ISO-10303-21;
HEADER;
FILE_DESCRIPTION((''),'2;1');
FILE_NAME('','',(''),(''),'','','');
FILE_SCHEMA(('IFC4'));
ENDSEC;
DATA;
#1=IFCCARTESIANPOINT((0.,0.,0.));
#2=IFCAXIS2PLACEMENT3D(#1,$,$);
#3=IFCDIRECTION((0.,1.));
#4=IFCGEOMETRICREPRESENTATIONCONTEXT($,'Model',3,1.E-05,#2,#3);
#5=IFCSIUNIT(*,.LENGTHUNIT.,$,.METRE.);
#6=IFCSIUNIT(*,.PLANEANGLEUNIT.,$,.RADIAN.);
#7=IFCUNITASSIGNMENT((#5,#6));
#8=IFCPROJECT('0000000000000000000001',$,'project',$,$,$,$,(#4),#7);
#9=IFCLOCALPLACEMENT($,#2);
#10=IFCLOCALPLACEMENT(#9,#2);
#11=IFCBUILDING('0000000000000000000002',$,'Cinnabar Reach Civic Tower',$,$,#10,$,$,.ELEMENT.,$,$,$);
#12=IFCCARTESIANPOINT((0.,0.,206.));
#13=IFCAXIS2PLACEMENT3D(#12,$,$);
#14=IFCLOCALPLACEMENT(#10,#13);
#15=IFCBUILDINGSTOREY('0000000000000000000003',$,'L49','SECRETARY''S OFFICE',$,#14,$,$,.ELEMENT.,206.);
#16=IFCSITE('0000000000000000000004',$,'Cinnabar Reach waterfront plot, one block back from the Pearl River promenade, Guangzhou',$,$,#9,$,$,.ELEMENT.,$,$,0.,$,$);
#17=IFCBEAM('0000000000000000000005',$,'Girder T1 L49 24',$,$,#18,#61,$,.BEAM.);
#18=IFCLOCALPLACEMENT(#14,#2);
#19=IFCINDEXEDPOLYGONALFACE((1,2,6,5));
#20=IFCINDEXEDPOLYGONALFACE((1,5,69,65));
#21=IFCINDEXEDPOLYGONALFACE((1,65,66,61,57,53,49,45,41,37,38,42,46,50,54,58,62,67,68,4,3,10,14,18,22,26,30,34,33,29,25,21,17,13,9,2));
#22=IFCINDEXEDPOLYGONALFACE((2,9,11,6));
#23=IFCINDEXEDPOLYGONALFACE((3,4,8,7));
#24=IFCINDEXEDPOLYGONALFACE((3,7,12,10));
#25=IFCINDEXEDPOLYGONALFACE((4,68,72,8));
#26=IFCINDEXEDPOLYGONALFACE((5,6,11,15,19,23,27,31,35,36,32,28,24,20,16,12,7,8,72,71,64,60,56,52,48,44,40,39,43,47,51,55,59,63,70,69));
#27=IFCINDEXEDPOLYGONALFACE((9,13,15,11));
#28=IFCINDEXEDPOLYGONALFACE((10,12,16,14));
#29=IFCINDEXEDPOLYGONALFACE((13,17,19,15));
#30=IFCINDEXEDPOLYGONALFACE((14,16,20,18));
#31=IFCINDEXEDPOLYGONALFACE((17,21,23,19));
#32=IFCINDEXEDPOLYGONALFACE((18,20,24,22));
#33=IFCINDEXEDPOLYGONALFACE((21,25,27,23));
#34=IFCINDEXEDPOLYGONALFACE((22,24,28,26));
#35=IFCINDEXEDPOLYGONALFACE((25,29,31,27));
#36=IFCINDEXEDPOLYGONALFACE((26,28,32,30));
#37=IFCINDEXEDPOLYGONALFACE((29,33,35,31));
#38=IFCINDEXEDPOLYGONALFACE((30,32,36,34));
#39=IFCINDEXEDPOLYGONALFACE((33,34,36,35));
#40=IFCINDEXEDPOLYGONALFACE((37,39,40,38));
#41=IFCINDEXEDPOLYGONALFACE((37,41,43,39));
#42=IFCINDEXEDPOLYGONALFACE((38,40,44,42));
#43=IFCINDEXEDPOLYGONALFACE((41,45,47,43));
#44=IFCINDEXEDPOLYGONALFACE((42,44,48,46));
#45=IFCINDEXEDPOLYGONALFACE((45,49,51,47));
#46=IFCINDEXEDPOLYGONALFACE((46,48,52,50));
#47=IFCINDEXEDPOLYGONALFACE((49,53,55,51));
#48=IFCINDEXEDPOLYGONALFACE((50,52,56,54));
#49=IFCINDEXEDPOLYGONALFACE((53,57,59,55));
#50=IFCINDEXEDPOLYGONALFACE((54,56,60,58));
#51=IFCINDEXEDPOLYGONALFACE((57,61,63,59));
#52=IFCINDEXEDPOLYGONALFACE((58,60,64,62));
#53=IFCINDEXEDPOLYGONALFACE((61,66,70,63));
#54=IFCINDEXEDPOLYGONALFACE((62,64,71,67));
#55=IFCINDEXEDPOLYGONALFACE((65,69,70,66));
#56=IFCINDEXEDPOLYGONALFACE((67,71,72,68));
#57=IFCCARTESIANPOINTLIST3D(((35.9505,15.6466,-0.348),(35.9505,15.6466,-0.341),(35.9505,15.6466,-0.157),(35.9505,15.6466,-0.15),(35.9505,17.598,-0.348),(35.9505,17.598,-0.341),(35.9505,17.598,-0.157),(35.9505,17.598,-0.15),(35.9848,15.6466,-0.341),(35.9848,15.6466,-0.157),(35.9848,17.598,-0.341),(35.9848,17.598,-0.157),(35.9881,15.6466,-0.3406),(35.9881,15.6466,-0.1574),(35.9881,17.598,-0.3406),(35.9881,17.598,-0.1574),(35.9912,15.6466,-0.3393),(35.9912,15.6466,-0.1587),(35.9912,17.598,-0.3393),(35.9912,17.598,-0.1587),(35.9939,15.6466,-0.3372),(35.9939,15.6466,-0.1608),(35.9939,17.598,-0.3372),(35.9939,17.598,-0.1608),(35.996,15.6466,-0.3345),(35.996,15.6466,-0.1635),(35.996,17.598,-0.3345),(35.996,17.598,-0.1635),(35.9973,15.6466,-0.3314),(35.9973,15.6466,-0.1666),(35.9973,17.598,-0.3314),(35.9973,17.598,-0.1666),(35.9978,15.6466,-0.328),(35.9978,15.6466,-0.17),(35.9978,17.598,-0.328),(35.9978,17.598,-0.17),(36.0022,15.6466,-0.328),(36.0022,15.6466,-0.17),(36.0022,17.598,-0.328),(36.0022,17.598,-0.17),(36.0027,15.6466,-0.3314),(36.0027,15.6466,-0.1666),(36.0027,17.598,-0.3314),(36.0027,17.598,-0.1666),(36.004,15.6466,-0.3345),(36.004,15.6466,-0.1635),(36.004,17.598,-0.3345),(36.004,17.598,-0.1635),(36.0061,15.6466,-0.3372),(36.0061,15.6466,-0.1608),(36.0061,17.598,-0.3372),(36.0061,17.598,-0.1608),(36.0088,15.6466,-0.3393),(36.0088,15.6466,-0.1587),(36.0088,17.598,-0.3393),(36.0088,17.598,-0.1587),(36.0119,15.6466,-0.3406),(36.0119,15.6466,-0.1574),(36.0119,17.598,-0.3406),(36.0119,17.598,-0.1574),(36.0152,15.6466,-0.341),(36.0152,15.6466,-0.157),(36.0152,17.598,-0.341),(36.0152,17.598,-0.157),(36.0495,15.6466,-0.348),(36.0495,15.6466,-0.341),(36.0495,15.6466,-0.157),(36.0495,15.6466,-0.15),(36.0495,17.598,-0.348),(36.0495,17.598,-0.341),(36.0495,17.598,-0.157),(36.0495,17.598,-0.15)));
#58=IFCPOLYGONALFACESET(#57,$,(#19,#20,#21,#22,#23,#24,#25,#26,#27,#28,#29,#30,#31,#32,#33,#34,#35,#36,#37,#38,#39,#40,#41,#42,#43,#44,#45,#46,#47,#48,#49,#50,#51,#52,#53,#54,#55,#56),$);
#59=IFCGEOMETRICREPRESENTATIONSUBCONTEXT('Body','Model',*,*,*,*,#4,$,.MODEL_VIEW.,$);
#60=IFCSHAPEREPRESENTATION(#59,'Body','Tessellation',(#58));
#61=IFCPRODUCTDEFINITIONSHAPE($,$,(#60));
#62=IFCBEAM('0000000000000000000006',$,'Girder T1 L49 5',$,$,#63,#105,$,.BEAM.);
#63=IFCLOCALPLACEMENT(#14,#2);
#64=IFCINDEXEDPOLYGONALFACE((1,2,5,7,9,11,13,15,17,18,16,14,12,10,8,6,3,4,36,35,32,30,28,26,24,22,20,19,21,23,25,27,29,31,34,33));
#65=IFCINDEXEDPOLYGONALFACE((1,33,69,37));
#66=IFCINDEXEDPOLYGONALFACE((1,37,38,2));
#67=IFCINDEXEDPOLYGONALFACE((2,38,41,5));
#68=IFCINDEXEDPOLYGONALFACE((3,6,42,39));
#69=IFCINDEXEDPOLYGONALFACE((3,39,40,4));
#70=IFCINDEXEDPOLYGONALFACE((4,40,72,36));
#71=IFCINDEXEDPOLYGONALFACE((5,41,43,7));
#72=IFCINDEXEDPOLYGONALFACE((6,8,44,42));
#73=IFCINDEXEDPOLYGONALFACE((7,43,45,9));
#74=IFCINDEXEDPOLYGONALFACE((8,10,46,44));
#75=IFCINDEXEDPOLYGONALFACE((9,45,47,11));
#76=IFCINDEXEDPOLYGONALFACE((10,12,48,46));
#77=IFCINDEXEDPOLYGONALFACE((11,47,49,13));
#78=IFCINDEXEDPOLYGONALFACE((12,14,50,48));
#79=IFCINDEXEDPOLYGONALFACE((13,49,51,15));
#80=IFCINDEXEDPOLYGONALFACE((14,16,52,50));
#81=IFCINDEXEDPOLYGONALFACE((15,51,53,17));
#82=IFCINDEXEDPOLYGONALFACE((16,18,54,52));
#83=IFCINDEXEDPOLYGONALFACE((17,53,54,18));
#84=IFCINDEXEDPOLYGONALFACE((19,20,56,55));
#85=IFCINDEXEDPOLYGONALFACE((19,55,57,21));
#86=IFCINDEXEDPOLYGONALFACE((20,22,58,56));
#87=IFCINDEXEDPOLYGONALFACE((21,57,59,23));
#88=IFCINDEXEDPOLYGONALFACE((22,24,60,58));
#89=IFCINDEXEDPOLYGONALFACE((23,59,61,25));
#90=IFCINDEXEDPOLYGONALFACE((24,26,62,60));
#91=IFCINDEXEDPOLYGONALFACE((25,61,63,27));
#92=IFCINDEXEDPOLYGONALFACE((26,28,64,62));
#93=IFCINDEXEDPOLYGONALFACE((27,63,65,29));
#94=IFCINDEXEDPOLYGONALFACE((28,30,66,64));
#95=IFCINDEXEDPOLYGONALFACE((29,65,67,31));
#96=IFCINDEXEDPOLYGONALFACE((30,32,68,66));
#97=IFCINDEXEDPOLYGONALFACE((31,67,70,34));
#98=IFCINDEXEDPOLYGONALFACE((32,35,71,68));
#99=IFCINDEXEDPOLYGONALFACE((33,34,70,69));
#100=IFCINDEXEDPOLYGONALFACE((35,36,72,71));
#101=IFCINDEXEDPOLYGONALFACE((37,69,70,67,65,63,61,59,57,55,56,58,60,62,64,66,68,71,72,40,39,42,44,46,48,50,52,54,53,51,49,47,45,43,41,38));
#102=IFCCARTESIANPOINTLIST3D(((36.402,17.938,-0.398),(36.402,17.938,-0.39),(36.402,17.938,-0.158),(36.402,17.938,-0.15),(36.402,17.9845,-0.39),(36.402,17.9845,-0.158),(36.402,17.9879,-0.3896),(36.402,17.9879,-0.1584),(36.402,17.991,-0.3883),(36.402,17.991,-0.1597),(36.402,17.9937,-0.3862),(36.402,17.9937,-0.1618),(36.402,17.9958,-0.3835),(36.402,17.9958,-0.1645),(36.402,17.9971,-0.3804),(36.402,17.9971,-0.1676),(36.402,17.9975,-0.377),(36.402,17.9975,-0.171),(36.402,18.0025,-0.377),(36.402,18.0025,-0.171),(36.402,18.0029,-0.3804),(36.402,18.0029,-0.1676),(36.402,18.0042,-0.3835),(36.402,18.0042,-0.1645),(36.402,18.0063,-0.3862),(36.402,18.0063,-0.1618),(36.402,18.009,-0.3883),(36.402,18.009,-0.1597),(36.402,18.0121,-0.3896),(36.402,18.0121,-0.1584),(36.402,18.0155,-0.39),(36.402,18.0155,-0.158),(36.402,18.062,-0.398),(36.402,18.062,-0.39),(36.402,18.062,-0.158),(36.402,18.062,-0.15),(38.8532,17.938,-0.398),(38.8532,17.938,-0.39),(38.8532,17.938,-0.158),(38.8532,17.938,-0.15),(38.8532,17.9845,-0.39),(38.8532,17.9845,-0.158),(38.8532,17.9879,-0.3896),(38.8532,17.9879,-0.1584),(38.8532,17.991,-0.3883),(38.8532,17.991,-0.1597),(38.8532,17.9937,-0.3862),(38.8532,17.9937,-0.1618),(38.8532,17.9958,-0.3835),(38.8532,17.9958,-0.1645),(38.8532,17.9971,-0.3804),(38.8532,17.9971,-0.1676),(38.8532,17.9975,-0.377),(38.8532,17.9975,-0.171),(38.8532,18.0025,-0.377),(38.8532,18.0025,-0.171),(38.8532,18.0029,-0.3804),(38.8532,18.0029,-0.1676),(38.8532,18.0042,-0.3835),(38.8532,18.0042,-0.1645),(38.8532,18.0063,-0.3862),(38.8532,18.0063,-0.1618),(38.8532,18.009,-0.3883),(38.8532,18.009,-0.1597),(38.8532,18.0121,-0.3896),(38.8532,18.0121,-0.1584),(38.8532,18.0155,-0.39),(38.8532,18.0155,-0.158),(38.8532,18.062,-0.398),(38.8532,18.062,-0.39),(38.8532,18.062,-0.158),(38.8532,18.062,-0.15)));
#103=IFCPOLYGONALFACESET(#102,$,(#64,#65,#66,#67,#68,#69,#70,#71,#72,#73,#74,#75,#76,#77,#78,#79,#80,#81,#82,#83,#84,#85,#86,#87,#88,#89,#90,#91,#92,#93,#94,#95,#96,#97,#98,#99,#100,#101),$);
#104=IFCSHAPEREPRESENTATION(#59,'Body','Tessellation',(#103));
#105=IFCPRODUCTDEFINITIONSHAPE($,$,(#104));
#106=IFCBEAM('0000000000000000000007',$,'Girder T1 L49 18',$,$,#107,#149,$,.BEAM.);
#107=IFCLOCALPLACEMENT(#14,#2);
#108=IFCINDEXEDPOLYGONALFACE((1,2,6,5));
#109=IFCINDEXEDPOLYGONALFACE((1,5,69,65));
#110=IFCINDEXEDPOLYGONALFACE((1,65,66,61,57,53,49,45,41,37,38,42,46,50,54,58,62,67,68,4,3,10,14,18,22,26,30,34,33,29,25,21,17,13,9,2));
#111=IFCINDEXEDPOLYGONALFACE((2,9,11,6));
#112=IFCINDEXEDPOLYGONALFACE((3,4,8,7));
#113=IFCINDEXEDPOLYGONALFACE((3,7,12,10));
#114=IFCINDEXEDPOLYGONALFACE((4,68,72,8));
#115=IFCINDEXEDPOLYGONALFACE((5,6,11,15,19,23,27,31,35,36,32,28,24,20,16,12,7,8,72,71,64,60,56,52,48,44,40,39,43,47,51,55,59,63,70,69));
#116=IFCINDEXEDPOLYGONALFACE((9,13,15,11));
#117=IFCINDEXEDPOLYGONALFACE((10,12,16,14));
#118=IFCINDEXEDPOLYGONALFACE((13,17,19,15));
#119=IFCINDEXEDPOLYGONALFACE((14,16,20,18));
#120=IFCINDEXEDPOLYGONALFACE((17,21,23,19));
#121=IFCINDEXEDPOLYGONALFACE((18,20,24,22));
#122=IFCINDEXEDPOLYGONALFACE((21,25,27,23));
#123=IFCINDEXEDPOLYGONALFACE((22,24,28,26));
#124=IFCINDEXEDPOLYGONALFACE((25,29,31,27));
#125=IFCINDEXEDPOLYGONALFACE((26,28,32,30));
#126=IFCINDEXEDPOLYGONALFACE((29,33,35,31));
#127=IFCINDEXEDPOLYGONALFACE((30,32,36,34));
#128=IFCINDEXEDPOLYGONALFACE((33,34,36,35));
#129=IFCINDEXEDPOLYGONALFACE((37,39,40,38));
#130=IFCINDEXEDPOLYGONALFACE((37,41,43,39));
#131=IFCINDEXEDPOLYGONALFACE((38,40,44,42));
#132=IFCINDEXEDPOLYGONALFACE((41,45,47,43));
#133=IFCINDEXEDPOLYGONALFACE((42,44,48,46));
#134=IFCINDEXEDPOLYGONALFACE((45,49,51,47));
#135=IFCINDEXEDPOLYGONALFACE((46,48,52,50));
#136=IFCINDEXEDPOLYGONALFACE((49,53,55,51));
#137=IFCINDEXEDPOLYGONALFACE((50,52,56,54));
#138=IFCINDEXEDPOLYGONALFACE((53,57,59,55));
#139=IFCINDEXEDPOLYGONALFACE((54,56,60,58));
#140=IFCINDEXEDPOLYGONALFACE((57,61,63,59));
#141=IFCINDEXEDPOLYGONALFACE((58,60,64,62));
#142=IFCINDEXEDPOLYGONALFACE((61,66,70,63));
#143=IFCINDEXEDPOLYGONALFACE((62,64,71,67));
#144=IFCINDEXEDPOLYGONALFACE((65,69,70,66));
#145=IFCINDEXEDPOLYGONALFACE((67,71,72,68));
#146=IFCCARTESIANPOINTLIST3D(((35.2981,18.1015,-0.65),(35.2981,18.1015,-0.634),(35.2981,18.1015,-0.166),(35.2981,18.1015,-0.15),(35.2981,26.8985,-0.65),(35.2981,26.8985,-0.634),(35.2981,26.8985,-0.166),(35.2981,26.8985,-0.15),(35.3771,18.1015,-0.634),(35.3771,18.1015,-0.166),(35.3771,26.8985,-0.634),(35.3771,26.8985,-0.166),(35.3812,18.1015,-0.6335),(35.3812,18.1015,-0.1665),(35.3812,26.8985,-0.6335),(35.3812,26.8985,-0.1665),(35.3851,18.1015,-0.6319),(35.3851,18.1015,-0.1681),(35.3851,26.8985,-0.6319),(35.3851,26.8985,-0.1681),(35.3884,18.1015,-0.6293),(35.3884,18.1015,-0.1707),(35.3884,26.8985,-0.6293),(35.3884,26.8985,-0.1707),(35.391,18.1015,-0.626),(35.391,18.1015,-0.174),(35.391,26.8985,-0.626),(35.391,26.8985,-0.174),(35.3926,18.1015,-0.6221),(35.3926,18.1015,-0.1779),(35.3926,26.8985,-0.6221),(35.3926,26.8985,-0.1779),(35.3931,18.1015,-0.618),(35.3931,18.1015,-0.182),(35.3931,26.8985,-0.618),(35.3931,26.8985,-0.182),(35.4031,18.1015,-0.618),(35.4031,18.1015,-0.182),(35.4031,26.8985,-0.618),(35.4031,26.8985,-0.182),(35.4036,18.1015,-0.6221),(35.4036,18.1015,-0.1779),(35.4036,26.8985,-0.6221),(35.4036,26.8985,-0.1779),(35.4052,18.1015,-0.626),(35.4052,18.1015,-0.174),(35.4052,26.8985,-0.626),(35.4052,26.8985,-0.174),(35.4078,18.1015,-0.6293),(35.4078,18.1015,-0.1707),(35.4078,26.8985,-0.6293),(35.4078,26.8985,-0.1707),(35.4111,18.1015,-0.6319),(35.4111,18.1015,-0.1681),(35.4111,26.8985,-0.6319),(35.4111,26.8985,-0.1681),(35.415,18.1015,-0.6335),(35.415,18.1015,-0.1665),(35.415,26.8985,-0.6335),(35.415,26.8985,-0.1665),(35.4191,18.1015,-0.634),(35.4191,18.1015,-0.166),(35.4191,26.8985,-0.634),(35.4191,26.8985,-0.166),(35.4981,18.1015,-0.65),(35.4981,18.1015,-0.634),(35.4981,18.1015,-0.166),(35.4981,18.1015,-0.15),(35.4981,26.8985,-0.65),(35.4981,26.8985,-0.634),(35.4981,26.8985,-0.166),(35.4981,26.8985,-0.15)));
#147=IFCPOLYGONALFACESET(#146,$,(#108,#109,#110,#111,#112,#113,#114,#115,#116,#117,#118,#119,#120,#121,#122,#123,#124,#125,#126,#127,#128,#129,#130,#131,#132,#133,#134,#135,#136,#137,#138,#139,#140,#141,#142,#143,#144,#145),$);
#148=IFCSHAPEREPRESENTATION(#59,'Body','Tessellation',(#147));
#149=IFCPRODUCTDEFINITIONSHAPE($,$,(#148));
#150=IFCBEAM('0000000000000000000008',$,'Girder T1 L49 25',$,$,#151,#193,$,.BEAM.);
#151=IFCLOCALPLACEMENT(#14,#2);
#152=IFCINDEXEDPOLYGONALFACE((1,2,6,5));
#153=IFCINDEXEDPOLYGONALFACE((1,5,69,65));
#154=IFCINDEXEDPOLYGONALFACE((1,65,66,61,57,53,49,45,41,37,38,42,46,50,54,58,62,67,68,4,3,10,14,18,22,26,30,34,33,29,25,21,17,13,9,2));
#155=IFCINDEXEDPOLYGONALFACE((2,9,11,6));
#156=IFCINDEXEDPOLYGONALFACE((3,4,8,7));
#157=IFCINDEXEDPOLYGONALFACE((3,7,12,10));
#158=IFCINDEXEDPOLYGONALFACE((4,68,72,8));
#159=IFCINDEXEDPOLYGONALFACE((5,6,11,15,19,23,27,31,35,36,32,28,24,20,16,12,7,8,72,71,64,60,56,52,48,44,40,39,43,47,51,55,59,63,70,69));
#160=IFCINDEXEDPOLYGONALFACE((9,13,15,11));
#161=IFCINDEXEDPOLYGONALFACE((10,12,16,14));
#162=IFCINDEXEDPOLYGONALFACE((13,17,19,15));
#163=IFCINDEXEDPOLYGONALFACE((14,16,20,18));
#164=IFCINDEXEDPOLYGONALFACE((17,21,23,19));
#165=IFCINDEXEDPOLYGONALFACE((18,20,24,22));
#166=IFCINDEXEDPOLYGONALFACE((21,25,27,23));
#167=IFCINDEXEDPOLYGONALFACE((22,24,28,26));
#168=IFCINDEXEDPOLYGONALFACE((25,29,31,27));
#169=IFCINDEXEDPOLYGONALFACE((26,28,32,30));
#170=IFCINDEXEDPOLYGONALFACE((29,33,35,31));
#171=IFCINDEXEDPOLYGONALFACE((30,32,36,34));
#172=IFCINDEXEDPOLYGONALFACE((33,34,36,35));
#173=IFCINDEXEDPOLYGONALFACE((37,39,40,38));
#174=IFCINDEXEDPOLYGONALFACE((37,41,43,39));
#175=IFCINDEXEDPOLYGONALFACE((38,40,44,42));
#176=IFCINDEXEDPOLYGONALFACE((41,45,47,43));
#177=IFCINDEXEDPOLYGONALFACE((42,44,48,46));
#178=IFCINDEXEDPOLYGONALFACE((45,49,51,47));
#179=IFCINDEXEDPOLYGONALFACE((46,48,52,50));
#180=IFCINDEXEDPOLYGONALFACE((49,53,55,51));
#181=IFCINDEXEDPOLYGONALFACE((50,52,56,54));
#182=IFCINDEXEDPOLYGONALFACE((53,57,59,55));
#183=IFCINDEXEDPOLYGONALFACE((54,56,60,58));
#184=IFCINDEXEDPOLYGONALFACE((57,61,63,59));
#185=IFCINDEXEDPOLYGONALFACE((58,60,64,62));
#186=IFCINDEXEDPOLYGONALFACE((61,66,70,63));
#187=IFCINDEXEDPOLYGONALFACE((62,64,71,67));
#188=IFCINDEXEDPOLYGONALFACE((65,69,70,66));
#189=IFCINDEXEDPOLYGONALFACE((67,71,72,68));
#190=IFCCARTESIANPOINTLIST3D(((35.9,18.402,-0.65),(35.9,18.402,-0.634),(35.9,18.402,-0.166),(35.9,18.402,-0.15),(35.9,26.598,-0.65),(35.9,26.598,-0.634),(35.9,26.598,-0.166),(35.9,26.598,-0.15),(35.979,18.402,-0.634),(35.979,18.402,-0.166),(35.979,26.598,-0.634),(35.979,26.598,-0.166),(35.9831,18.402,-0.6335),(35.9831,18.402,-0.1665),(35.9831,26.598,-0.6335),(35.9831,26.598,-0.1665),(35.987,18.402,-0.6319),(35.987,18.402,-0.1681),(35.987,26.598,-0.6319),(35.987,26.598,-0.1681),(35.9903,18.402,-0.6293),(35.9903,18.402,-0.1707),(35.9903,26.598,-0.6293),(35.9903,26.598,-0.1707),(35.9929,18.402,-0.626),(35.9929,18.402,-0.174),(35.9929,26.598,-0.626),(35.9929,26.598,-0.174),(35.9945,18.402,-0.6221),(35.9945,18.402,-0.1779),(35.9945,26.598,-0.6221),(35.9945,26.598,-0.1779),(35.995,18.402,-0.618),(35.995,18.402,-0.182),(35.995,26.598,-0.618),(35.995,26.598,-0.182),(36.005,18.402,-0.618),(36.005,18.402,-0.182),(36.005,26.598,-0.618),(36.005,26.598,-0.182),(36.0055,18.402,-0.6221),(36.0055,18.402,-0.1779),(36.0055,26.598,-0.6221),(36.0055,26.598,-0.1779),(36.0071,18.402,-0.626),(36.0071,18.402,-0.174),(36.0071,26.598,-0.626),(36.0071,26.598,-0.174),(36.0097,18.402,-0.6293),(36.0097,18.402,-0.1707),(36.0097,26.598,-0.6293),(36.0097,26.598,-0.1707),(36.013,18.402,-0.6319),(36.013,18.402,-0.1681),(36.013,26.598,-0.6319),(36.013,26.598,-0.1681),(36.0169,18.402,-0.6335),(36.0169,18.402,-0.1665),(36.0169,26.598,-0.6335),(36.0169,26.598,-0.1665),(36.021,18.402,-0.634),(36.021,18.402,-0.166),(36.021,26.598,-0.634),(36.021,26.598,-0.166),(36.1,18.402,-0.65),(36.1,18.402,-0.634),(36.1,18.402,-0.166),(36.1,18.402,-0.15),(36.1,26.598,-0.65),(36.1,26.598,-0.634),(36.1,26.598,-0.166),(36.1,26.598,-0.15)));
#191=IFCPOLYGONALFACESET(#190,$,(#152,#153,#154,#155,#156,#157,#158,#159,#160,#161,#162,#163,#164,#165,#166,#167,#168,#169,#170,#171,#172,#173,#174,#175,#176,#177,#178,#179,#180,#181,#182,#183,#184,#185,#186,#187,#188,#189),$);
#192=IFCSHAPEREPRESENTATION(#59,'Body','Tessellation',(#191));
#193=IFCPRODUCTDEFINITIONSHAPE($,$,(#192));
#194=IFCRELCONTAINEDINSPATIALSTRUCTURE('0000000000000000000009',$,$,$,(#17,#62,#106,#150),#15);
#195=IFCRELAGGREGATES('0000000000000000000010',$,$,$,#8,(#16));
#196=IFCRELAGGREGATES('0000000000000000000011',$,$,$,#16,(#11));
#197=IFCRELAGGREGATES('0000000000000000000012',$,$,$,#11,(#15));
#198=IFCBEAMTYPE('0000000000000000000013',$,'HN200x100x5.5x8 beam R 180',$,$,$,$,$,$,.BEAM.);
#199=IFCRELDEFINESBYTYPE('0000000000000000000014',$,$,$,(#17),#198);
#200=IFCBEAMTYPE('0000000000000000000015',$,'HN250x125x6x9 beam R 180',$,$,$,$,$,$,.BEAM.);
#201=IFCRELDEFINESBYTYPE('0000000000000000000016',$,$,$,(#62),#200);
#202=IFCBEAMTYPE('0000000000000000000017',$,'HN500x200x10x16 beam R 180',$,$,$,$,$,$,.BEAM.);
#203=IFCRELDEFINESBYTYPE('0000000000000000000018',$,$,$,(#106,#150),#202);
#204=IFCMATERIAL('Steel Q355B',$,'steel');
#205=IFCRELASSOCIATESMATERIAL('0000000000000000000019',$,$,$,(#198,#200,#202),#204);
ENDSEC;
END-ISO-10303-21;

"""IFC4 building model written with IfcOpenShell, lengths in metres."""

from ifc_helpers import new_model, si_unit, direction, frame, origin, origin_2d, place, context, subcontext, project, spatial, i_section, extrude, material, material_profile, profile_set, type_object, element, save


model = new_model("IFC4")

# Units and contexts
model_context = context("Model", 3, precision=1e-05, world=origin(), true_north=direction((0.0, 1.0)))
body_context = subcontext(model_context, "Body", "Model", "MODEL_VIEW")
ifc_project = project(units=[si_unit("LENGTHUNIT", "METRE"), si_unit("PLANEANGLEUNIT", "RADIAN")], contexts=[model_context])

# Site, building, storey
site_placement = place(None, origin())
site = spatial("IfcSite", under=ifc_project, at=site_placement, Name="Cinnabar Reach waterfront plot, one block back from the Pearl River promenade, Guangzhou", CompositionType="ELEMENT", RefElevation=0.0)
building_placement = place(site_placement, origin())
building = spatial("IfcBuilding", under=site, at=building_placement, Name="Cinnabar Reach Civic Tower", CompositionType="ELEMENT")
storey_placement = place(building_placement, frame((0.0, 0.0, 206.0)))
storey = spatial("IfcBuildingStorey", under=building, at=storey_placement, Name="L49", Description="SECRETARY'S OFFICE", CompositionType="ELEMENT", Elevation=206.0)

# Beams
ifc_material_1 = material(Name="Steel Q355B", Category="steel")
ifc_material_profile_1 = material_profile(ifc_material_1, i_section(OverallWidth=0.099, OverallDepth=0.198, WebThickness=0.0045, FlangeThickness=0.007, FilletRadius=0.013, at=origin_2d()), Name="HN200x100x5.5x8")
ifc_profile_set_1 = profile_set([ifc_material_profile_1], Name="Steel Q355B")
beam_type_1 = type_object("IfcBeamType", Name="HN200x100x5.5x8 beam R 180", PredefinedType="BEAM", material=ifc_profile_set_1)
beam_1_placement = place(storey_placement, frame((36.0, 15.6466, -0.249), z_axis=(0.0, 1.0, 0.0), x_axis=(-1.0, 0.0, 0.0)))
element("IfcBeam", 1, at=beam_1_placement, inside=storey, type_object=beam_type_1, Name="Girder T1 L49 24", PredefinedType="BEAM", context=body_context, shape_type="SweptSolid", body=[
    extrude(i_section(OverallWidth=0.099, OverallDepth=0.198, WebThickness=0.0045, FlangeThickness=0.007, FilletRadius=0.013, at=origin_2d()), origin(), (0.0, 0.0, 1.0), 1.9514),
])
ifc_material_profile_2 = material_profile(ifc_material_1, i_section(OverallWidth=0.124, OverallDepth=0.248, WebThickness=0.005, FlangeThickness=0.008, FilletRadius=0.013, at=origin_2d()), Name="HN250x125x6x9")
ifc_profile_set_2 = profile_set([ifc_material_profile_2], Name="Steel Q355B")
beam_type_2 = type_object("IfcBeamType", Name="HN250x125x6x9 beam R 180", PredefinedType="BEAM", material=ifc_profile_set_2)
beam_2_placement = place(storey_placement, frame((36.402, 18.0, -0.274), z_axis=(1.0, 0.0, 0.0), x_axis=(0.0, 1.0, 0.0)))
element("IfcBeam", 2, at=beam_2_placement, inside=storey, type_object=beam_type_2, Name="Girder T1 L49 5", PredefinedType="BEAM", context=body_context, shape_type="SweptSolid", body=[
    extrude(i_section(OverallWidth=0.124, OverallDepth=0.248, WebThickness=0.005, FlangeThickness=0.008, FilletRadius=0.013, at=origin_2d()), origin(), (0.0, 0.0, 1.0), 2.4512),
])
ifc_material_profile_3 = material_profile(ifc_material_1, i_section(OverallWidth=0.2, OverallDepth=0.5, WebThickness=0.01, FlangeThickness=0.016, FilletRadius=0.016, at=origin_2d()), Name="HN500x200x10x16")
ifc_profile_set_3 = profile_set([ifc_material_profile_3], Name="Steel Q355B")
beam_type_3 = type_object("IfcBeamType", Name="HN500x200x10x16 beam R 180", PredefinedType="BEAM", material=ifc_profile_set_3)
beam_3_placement = place(storey_placement, frame((35.3981, 18.1015, -0.4), z_axis=(0.0, 1.0, 0.0), x_axis=(-1.0, 0.0, 0.0)))
element("IfcBeam", 3, at=beam_3_placement, inside=storey, type_object=beam_type_3, Name="Girder T1 L49 18", PredefinedType="BEAM", context=body_context, shape_type="SweptSolid", body=[
    extrude(i_section(OverallWidth=0.2, OverallDepth=0.5, WebThickness=0.01, FlangeThickness=0.016, FilletRadius=0.016, at=origin_2d()), origin(), (0.0, 0.0, 1.0), 8.797),
])
beam_4_placement = place(storey_placement, frame((36.0, 18.402, -0.4), z_axis=(0.0, 1.0, 0.0), x_axis=(-1.0, 0.0, 0.0)))
element("IfcBeam", 4, at=beam_4_placement, inside=storey, type_object=beam_type_3, Name="Girder T1 L49 25", PredefinedType="BEAM", context=body_context, shape_type="SweptSolid", body=[
    extrude(i_section(OverallWidth=0.2, OverallDepth=0.5, WebThickness=0.01, FlangeThickness=0.016, FilletRadius=0.016, at=origin_2d()), origin(), (0.0, 0.0, 1.0), 8.196),
])

save(model, "model.ifc")
